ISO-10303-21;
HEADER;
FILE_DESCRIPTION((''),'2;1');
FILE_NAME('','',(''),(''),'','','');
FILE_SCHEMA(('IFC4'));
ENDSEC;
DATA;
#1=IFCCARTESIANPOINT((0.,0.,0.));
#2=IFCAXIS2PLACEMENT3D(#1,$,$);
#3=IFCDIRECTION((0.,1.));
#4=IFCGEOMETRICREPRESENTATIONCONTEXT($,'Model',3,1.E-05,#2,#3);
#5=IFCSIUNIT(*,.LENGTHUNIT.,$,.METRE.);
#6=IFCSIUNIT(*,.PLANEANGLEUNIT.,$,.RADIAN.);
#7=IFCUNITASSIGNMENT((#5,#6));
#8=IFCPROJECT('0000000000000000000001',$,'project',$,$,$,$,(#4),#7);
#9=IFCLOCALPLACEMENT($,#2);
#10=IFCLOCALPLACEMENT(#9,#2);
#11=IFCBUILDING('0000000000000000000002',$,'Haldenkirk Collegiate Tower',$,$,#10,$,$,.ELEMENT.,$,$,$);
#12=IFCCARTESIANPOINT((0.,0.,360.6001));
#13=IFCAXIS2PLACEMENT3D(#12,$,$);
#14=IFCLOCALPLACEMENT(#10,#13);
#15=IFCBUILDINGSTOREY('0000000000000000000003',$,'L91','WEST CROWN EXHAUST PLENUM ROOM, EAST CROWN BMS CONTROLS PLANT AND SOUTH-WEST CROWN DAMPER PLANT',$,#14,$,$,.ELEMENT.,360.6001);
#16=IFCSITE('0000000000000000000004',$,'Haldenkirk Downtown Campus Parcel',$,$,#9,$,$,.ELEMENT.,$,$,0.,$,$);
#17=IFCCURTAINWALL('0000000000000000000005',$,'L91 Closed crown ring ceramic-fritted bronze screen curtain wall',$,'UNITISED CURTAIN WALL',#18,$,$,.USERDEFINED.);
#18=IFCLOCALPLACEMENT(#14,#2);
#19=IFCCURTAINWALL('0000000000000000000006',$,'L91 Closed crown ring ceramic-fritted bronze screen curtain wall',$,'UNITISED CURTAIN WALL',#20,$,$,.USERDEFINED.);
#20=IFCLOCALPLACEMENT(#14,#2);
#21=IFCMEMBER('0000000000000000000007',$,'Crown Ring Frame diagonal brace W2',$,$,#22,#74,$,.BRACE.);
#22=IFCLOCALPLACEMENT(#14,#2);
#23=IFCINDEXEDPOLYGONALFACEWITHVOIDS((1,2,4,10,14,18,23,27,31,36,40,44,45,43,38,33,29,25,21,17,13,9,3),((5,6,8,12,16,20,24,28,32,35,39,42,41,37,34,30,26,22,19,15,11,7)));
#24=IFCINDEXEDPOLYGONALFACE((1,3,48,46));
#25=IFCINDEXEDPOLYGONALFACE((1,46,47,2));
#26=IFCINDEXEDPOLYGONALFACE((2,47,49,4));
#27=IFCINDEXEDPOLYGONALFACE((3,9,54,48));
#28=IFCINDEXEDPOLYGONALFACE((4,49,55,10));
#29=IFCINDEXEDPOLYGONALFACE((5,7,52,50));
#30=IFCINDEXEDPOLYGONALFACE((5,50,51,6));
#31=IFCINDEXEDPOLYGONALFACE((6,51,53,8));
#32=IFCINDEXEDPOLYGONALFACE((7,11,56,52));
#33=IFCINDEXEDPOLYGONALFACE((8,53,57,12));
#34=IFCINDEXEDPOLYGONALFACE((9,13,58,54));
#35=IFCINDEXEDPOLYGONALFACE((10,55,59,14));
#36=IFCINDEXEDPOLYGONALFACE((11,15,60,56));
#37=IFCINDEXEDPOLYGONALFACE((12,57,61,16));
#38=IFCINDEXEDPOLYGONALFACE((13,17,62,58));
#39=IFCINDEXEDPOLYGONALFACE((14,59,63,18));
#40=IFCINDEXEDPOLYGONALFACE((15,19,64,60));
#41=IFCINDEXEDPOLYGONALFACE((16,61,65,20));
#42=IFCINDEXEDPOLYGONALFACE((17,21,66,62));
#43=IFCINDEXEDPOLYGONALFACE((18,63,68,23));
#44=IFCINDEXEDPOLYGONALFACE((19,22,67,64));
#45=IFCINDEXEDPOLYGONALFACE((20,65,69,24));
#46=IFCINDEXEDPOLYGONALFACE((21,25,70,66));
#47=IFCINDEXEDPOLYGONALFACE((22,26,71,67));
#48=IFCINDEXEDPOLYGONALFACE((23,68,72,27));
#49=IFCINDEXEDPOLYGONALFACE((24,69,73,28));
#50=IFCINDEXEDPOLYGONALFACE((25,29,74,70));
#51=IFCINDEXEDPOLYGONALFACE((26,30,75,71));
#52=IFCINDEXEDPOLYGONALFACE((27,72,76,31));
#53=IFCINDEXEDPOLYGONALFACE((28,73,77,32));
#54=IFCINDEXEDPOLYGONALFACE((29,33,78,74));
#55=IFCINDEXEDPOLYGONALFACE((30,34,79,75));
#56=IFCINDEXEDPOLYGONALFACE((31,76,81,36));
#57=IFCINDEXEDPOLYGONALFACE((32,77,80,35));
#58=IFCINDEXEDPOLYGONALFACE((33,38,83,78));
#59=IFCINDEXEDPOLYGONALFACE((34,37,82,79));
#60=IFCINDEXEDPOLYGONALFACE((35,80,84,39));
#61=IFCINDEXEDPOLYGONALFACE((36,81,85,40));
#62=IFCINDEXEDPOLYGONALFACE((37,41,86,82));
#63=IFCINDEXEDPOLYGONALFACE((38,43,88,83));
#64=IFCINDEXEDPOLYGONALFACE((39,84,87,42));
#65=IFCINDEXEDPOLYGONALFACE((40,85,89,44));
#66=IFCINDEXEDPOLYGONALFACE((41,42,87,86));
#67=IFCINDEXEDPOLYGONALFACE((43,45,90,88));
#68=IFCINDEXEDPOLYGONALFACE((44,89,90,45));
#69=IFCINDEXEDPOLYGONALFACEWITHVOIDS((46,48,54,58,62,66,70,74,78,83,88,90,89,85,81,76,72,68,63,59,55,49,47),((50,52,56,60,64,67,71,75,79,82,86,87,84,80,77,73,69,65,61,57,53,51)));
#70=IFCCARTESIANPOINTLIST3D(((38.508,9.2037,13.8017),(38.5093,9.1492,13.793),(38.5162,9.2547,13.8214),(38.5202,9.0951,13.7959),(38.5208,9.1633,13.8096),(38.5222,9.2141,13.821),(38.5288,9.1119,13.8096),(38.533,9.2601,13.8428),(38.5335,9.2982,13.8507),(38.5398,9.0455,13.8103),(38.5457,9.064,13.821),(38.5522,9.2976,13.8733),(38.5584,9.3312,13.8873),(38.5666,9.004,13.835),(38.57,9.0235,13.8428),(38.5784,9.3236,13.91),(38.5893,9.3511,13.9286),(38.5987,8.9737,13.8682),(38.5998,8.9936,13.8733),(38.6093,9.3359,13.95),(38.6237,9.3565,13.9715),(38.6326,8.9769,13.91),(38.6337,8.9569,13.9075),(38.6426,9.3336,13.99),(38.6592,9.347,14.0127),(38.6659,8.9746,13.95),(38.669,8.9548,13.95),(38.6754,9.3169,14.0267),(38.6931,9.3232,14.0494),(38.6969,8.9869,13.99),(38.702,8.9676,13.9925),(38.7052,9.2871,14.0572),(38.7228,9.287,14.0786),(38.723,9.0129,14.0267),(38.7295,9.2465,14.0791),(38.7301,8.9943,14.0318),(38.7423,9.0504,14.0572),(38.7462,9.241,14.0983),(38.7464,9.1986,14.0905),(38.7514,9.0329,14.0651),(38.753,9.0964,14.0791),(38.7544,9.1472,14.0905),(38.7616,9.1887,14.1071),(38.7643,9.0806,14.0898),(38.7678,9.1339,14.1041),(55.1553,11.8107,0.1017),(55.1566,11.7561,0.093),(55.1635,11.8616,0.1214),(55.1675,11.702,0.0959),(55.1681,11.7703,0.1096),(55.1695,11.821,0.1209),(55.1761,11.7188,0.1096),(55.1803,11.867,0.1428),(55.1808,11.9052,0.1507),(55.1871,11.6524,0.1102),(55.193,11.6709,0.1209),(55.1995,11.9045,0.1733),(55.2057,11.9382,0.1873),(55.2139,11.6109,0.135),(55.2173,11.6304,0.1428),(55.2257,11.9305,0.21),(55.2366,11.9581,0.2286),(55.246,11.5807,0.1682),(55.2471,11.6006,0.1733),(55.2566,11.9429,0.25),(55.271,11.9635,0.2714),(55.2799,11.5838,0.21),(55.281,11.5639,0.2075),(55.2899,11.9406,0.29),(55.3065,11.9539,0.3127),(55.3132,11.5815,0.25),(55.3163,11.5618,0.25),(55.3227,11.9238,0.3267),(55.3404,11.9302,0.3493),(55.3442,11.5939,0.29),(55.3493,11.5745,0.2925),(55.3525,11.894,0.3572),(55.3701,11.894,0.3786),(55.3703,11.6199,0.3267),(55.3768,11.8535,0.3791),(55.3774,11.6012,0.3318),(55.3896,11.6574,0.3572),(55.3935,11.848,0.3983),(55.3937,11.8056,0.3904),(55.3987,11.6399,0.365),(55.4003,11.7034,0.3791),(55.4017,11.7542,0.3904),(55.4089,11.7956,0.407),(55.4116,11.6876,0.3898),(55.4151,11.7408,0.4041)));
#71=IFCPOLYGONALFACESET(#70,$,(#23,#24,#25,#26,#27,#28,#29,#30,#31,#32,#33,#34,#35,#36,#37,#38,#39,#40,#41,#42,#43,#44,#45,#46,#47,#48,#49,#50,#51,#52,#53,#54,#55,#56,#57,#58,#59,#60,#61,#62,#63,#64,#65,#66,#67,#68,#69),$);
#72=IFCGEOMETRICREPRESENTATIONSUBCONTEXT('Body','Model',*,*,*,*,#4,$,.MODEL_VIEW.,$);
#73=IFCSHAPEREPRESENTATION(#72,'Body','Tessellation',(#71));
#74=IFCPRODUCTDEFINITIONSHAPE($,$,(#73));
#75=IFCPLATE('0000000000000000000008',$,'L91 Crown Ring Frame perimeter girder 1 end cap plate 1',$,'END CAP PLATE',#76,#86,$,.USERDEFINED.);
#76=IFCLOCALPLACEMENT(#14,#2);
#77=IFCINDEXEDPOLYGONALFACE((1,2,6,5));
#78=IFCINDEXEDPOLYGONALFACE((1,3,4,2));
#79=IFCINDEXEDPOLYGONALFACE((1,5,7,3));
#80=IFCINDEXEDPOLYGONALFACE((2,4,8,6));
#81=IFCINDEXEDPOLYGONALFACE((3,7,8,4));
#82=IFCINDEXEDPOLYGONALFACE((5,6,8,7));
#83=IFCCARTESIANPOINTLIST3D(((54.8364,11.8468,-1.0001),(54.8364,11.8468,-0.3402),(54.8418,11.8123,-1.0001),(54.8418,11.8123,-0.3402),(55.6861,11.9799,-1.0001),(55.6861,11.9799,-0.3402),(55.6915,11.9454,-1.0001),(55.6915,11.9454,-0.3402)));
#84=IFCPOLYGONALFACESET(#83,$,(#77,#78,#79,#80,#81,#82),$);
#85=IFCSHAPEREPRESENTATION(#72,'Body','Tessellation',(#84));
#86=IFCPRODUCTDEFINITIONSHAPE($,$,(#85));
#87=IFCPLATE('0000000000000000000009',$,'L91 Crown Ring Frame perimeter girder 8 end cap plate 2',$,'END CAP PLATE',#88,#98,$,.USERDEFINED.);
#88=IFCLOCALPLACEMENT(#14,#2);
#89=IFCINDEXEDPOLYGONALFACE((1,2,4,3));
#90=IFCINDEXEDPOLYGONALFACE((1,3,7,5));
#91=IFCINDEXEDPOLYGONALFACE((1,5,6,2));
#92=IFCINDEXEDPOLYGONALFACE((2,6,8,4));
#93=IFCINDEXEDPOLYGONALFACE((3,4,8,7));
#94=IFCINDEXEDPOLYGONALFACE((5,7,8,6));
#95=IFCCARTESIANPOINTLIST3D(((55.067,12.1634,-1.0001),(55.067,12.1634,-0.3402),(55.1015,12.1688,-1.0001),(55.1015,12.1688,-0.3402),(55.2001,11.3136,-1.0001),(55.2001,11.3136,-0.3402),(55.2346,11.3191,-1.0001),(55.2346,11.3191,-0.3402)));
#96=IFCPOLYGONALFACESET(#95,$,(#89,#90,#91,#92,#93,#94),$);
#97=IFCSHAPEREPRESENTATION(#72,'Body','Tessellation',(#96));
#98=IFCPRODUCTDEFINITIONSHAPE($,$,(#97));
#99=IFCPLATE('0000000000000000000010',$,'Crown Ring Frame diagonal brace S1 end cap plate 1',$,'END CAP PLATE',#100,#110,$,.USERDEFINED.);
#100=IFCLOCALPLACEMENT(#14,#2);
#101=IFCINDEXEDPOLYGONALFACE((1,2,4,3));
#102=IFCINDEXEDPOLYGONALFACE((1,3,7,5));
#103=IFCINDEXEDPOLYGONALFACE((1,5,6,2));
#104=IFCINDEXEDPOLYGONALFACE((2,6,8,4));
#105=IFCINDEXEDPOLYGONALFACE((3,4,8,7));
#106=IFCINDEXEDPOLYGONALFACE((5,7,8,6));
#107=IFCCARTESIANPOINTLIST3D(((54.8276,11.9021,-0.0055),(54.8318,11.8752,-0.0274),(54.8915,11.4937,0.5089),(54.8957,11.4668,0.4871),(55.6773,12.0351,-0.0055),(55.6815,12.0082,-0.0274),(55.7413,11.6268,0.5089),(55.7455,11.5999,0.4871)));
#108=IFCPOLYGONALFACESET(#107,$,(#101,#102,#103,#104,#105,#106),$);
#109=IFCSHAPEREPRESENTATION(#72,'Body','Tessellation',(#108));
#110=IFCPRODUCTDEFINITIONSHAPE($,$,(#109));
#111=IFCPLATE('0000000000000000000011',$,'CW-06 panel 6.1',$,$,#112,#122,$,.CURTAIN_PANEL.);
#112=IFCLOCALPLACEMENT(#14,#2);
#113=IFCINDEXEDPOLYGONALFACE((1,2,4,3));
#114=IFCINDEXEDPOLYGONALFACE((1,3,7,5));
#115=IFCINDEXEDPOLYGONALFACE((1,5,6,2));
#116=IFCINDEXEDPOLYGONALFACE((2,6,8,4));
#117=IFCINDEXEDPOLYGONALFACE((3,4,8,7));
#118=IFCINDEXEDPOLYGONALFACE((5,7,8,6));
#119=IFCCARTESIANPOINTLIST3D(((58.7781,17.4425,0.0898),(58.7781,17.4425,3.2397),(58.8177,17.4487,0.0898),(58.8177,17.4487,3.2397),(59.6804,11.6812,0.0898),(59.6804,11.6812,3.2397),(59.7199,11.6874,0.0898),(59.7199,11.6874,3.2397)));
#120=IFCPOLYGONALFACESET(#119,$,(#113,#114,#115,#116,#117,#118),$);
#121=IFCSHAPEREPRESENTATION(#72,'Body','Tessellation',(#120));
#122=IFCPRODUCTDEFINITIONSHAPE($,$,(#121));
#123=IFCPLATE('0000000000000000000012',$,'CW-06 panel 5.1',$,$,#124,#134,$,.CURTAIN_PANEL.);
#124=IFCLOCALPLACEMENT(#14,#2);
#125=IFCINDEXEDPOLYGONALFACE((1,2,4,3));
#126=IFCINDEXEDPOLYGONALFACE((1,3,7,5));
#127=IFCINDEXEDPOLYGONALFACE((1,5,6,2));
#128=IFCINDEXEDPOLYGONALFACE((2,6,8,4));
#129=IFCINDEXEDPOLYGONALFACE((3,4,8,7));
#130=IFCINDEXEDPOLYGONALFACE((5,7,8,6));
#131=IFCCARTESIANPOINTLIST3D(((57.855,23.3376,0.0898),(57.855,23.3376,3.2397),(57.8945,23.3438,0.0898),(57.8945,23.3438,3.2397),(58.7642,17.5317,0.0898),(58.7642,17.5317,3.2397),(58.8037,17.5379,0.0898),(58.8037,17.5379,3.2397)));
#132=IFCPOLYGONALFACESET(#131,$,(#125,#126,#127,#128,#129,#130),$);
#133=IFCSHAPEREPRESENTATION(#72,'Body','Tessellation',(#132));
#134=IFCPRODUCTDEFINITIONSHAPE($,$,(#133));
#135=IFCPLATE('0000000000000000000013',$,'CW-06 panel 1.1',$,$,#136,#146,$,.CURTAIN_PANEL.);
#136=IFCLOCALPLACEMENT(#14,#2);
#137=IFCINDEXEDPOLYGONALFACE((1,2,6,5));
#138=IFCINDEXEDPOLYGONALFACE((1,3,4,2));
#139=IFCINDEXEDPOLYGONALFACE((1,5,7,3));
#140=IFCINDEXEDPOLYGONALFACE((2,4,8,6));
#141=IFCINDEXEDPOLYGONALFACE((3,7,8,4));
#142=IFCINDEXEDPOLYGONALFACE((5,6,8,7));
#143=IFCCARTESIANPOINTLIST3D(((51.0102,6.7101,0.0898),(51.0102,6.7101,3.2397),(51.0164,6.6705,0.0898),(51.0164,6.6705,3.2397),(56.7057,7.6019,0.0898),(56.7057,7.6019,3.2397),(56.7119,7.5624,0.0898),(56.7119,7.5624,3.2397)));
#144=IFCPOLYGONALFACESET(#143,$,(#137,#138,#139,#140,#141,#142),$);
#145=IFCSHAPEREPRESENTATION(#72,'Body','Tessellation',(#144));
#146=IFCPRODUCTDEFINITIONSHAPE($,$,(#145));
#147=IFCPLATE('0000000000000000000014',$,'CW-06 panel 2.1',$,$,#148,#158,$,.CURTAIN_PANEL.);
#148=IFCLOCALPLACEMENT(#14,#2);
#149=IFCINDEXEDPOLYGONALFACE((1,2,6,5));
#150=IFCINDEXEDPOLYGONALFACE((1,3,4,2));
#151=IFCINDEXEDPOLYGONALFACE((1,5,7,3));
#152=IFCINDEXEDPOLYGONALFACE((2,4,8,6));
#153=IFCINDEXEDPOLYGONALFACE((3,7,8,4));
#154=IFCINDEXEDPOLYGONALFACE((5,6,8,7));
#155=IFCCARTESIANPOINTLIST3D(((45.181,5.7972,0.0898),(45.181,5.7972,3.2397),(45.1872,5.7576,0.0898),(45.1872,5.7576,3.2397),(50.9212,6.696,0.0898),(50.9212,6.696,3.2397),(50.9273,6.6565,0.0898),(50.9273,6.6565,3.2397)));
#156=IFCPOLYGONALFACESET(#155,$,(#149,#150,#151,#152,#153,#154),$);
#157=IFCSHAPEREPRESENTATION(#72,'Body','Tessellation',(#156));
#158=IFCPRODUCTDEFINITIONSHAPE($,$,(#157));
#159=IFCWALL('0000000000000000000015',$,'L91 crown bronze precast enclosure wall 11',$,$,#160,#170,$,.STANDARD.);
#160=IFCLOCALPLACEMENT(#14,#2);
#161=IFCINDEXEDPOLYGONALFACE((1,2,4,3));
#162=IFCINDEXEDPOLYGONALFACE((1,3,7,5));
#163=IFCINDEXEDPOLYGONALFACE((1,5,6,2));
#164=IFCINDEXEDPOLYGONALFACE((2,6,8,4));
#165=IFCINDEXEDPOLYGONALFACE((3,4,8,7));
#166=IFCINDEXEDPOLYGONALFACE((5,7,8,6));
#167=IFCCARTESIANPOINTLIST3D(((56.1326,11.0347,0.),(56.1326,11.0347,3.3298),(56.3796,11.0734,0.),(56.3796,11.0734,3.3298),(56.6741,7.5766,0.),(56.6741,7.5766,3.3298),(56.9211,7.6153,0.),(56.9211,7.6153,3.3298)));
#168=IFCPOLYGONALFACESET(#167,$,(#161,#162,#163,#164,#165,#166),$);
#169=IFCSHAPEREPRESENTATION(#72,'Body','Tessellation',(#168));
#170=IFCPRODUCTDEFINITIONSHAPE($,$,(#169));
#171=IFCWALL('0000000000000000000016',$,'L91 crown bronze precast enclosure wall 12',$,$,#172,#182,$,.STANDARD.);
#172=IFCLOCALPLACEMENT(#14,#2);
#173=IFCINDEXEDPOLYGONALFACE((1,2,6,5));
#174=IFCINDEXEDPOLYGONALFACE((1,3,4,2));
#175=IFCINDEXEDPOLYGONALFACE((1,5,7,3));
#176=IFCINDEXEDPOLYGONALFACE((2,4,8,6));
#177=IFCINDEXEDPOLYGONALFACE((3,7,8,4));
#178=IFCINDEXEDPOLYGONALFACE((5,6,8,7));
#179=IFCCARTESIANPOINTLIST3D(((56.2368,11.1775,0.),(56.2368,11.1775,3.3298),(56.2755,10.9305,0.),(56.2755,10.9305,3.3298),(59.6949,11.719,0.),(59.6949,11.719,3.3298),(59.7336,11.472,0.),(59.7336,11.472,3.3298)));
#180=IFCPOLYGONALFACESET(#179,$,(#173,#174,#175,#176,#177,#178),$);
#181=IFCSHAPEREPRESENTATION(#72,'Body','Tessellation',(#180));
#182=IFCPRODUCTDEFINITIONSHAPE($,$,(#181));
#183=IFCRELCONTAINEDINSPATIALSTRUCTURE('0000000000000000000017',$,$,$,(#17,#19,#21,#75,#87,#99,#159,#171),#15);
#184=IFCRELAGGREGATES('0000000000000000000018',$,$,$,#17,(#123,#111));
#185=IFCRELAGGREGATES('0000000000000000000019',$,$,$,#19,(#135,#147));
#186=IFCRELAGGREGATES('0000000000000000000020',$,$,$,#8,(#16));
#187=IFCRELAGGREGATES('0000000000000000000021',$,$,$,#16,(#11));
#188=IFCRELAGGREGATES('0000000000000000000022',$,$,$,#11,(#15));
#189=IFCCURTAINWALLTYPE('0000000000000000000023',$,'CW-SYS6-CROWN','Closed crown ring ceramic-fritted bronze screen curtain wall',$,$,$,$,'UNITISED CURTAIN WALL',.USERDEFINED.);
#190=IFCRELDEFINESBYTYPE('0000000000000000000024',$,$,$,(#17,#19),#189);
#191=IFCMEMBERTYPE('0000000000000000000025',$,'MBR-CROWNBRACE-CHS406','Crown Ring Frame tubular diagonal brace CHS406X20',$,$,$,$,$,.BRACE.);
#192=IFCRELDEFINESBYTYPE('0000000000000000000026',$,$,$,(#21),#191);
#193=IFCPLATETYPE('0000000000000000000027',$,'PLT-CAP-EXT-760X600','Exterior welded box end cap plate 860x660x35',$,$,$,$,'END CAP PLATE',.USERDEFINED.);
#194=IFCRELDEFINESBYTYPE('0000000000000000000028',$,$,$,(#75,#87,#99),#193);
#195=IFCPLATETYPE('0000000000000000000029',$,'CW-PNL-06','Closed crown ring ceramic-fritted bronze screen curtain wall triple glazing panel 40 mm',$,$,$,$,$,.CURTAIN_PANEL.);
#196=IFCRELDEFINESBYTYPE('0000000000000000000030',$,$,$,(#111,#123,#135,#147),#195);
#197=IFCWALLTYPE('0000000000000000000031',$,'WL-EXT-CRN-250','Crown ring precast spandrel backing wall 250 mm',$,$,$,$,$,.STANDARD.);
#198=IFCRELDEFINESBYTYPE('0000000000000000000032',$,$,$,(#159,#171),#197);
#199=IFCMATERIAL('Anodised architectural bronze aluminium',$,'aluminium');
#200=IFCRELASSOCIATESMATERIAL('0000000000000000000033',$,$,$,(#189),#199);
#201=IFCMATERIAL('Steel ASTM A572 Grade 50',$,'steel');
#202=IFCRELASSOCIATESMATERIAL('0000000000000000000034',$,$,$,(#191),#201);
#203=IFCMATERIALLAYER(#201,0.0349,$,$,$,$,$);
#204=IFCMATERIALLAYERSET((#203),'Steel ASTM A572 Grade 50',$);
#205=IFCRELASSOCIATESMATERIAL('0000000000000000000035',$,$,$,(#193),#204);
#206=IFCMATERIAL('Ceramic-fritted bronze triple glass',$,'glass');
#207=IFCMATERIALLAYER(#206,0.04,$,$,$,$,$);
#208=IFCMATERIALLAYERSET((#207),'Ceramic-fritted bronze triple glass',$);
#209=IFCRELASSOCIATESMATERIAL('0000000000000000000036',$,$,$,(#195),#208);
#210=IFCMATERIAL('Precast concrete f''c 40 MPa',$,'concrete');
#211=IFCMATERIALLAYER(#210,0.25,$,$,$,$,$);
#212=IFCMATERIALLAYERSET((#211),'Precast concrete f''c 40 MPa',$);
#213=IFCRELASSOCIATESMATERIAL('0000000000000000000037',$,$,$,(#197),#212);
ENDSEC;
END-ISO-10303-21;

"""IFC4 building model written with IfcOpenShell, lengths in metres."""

from ifc_helpers import new_model, si_unit, direction, frame, frame_2d, origin, origin_2d, place, context, subcontext, project, spatial, rectangle, hollow_circle, extrude, source, transform, mapped, material, layer, layer_set, material_profile, profile_set, type_object, element, aggregate, save


model = new_model("IFC4")

# Units and contexts
model_context = context("Model", 3, precision=1e-05, world=origin(), true_north=direction((0.0, 1.0)))
body_context = subcontext(model_context, "Body", "Model", "MODEL_VIEW")
ifc_project = project(units=[si_unit("LENGTHUNIT", "METRE"), si_unit("PLANEANGLEUNIT", "RADIAN")], contexts=[model_context])

# Site, building, storey
site_placement = place(None, origin())
site = spatial("IfcSite", under=ifc_project, at=site_placement, Name="Haldenkirk Downtown Campus Parcel", CompositionType="ELEMENT", RefElevation=0.0)
building_placement = place(site_placement, origin())
building = spatial("IfcBuilding", under=site, at=building_placement, Name="Haldenkirk Collegiate Tower", CompositionType="ELEMENT")
storey_placement = place(building_placement, frame((0.0, 0.0, 360.6001)))
storey = spatial("IfcBuildingStorey", under=building, at=storey_placement, Name="L91", Description="WEST CROWN EXHAUST PLENUM ROOM, EAST CROWN BMS CONTROLS PLANT AND SOUTH-WEST CROWN DAMPER PLANT", CompositionType="ELEMENT", Elevation=360.6001)

# Shared definitions
ifc_material_1 = material(Name="Steel ASTM A572 Grade 50", Category="steel")

# Curtain walls
ifc_material_2 = material(Name="Anodised architectural bronze aluminium", Category="aluminium")
curtain_wall_type = type_object("IfcCurtainWallType", Name="CW-SYS6-CROWN", Description="Closed crown ring ceramic-fritted bronze screen curtain wall", ElementType="UNITISED CURTAIN WALL", PredefinedType="USERDEFINED", material=ifc_material_2)
curtain_wall_1_placement = place(storey_placement, origin())
curtain_wall_1 = element("IfcCurtainWall", 1, at=curtain_wall_1_placement, inside=storey, type_object=curtain_wall_type, Name="L91 Closed crown ring ceramic-fritted bronze screen curtain wall", ObjectType="UNITISED CURTAIN WALL", PredefinedType="USERDEFINED")
curtain_wall_2_placement = place(storey_placement, origin())
curtain_wall_2 = element("IfcCurtainWall", 2, at=curtain_wall_2_placement, inside=storey, type_object=curtain_wall_type, Name="L91 Closed crown ring ceramic-fritted bronze screen curtain wall", ObjectType="UNITISED CURTAIN WALL", PredefinedType="USERDEFINED")

# Member
ifc_material_profile_1 = material_profile(ifc_material_1, hollow_circle(Radius=0.2029, WallThickness=0.02, at=origin_2d()), Name="CHS406X20")
ifc_profile_set_1 = profile_set([ifc_material_profile_1], Name="Steel ASTM A572 Grade 50")
member_type_1 = type_object("IfcMemberType", Name="MBR-CROWNBRACE-CHS406", Description="Crown Ring Frame tubular diagonal brace CHS406X20", PredefinedType="BRACE", material=ifc_profile_set_1)
member_1_placement = place(storey_placement, frame((55.2849, 11.7622, 0.25), z_axis=(-0.766563, -0.120043, 0.630849), x_axis=(0.154713, -0.987959, 0.0)))
element("IfcMember", 3, at=member_1_placement, inside=storey, type_object=member_type_1, Name="Crown Ring Frame diagonal brace W2", PredefinedType="BRACE", context=body_context, shape_type="SweptSolid", body=[
    extrude(hollow_circle(Radius=0.2029, WallThickness=0.02, at=origin_2d()), origin(), (0.0, 0.0, 1.0), 21.7168),
])

# Plates
ifc_layer_1 = layer(ifc_material_1, 0.0349)
ifc_layer_set_1 = layer_set([ifc_layer_1], Name="Steel ASTM A572 Grade 50")
plate_type_1 = type_object("IfcPlateType", Name="PLT-CAP-EXT-760X600", Description="Exterior welded box end cap plate 860x660x35", ElementType="END CAP PLATE", PredefinedType="USERDEFINED", material=ifc_layer_set_1)
shared_shape_1 = source(origin(), body_context, "Body", "SweptSolid", [
    extrude(rectangle(XDim=0.8601, YDim=0.6599, at=origin_2d()), origin(), (0.0, 0.0, 1.0), 0.0349),
])
for number, where, z_axis, x_axis, name in (
    (4, (55.2612, 11.9133, -0.6702), (0.154711, -0.98796, 0.0), (0.98796, 0.154711, 0.0), "L91 Crown Ring Frame perimeter girder 1 end cap plate 1"),
    (5, (55.1335, 11.7385, -0.6702), (0.987959, 0.154713, 0.0), (-0.154713, 0.987959, 0.0), "L91 Crown Ring Frame perimeter girder 8 end cap plate 2"),
    (6, (55.2844, 11.7644, 0.2517), (0.120601, -0.770143, -0.626367), (0.98796, 0.15471, 0.0), "Crown Ring Frame diagonal brace S1 end cap plate 1"),
):
    element("IfcPlate", number, at=place(storey_placement, frame(where, z_axis=z_axis, x_axis=x_axis)), inside=storey, type_object=plate_type_1, Name=name, ObjectType="END CAP PLATE", PredefinedType="USERDEFINED", context=body_context, shape_type="MappedRepresentation", body=[
        mapped(shared_shape_1, transform((0.0, 0.0, 0.0), x_axis=(1.0, 0.0, 0.0), y_axis=(0.0, 1.0, 0.0), z_axis=(0.0, 0.0, 1.0), scale=1.0)),
    ])

# Plates
ifc_material_3 = material(Name="Ceramic-fritted bronze triple glass", Category="glass")
ifc_layer_2 = layer(ifc_material_3, 0.04)
ifc_layer_set_2 = layer_set([ifc_layer_2], Name="Ceramic-fritted bronze triple glass")
plate_type_2 = type_object("IfcPlateType", Name="CW-PNL-06", Description="Closed crown ring ceramic-fritted bronze screen curtain wall triple glazing panel 40 mm", PredefinedType="CURTAIN_PANEL", material=ifc_layer_set_2)
shared_shape_2 = source(origin(), body_context, "Body", "SweptSolid", [
    extrude(rectangle(XDim=5.8315, YDim=0.04, at=origin_2d()), origin(), (0.0, 0.0, 1.0), 3.1499),
])
plate_1_placement = place(storey_placement, frame((59.249, 14.5649, 0.0898), z_axis=(0.0, 0.0, 1.0), x_axis=(0.154713, -0.98796, 0.0)))
plate_1 = element("IfcPlate", 7, at=plate_1_placement, type_object=plate_type_2, Name="CW-06 panel 6.1", PredefinedType="CURTAIN_PANEL", context=body_context, shape_type="MappedRepresentation", body=[
    mapped(shared_shape_2, transform((0.0, 0.0, 0.0), x_axis=(1.0, 0.0, 0.0), y_axis=(0.0, 1.0, 0.0), z_axis=(0.0, 0.0, 1.0), scale=1.0)),
])
shared_shape_3 = source(origin(), body_context, "Body", "SweptSolid", [
    extrude(rectangle(XDim=5.8767, YDim=0.04, at=origin_2d()), origin(), (0.0, 0.0, 1.0), 3.1499),
])
plate_2_placement = place(storey_placement, frame((58.3293, 20.4377, 0.0898), z_axis=(0.0, 0.0, 1.0), x_axis=(0.154713, -0.98796, 0.0)))
plate_2 = element("IfcPlate", 8, at=plate_2_placement, type_object=plate_type_2, Name="CW-06 panel 5.1", PredefinedType="CURTAIN_PANEL", context=body_context, shape_type="MappedRepresentation", body=[
    mapped(shared_shape_3, transform((0.0, 0.0, 0.0), x_axis=(1.0, 0.0, 0.0), y_axis=(0.0, 1.0, 0.0), z_axis=(0.0, 0.0, 1.0), scale=1.0)),
])
aggregate(curtain_wall_1, [plate_2, plate_1])
shared_shape_4 = source(origin(), body_context, "Body", "SweptSolid", [
    extrude(rectangle(XDim=5.7649, YDim=0.04, at=origin_2d()), origin(), (0.0, 0.0, 1.0), 3.1499),
])
plate_3_placement = place(storey_placement, frame((53.8611, 7.1362, 0.0898), z_axis=(0.0, 0.0, 1.0), x_axis=(-0.98796, -0.154709, 0.0)))
plate_3 = element("IfcPlate", 9, at=plate_3_placement, type_object=plate_type_2, Name="CW-06 panel 1.1", PredefinedType="CURTAIN_PANEL", context=body_context, shape_type="MappedRepresentation", body=[
    mapped(shared_shape_4, transform((0.0, 0.0, 0.0), x_axis=(1.0, 0.0, 0.0), y_axis=(0.0, 1.0, 0.0), z_axis=(0.0, 0.0, 1.0), scale=1.0)),
])
shared_shape_5 = source(origin(), body_context, "Body", "SweptSolid", [
    extrude(rectangle(XDim=5.8101, YDim=0.04, at=origin_2d()), origin(), (0.0, 0.0, 1.0), 3.1499),
])
plate_4_placement = place(storey_placement, frame((48.0542, 6.2268, 0.0898), z_axis=(0.0, 0.0, 1.0), x_axis=(-0.98796, -0.154709, 0.0)))
plate_4 = element("IfcPlate", 10, at=plate_4_placement, type_object=plate_type_2, Name="CW-06 panel 2.1", PredefinedType="CURTAIN_PANEL", context=body_context, shape_type="MappedRepresentation", body=[
    mapped(shared_shape_5, transform((0.0, 0.0, 0.0), x_axis=(1.0, 0.0, 0.0), y_axis=(0.0, 1.0, 0.0), z_axis=(0.0, 0.0, 1.0), scale=1.0)),
])
aggregate(curtain_wall_2, [plate_3, plate_4])

# Walls
ifc_material_4 = material(Name="Precast concrete f'c 40 MPa", Category="concrete")
ifc_layer_3 = layer(ifc_material_4, 0.25)
ifc_layer_set_3 = layer_set([ifc_layer_3], Name="Precast concrete f'c 40 MPa")
wall_type_1 = type_object("IfcWallType", Name="WL-EXT-CRN-250", Description="Crown ring precast spandrel backing wall 250 mm", PredefinedType="STANDARD", material=ifc_layer_set_3)
for number, where, z_axis, x_axis, name in (
    (11, (56.2561, 11.054, 0.0), (0.0, 0.0, 1.0), (0.154709, -0.98796, 0.0), "L91 crown bronze precast enclosure wall 11"),
    (12, (59.7141, 11.5955, 0.0), (0.0, 0.0, 1.0), (-0.98796, -0.154709, 0.0), "L91 crown bronze precast enclosure wall 12"),
):
    element("IfcWall", number, at=place(storey_placement, frame(where, z_axis=z_axis, x_axis=x_axis)), inside=storey, type_object=wall_type_1, Name=name, PredefinedType="STANDARD", context=body_context, shape_type="SweptSolid", body=[
        extrude(rectangle(XDim=3.5002, YDim=0.25, at=frame_2d((1.75, 0.0))), origin(), (0.0, 0.0, 1.0), 3.3298),
    ])

save(model, "model.ifc")
